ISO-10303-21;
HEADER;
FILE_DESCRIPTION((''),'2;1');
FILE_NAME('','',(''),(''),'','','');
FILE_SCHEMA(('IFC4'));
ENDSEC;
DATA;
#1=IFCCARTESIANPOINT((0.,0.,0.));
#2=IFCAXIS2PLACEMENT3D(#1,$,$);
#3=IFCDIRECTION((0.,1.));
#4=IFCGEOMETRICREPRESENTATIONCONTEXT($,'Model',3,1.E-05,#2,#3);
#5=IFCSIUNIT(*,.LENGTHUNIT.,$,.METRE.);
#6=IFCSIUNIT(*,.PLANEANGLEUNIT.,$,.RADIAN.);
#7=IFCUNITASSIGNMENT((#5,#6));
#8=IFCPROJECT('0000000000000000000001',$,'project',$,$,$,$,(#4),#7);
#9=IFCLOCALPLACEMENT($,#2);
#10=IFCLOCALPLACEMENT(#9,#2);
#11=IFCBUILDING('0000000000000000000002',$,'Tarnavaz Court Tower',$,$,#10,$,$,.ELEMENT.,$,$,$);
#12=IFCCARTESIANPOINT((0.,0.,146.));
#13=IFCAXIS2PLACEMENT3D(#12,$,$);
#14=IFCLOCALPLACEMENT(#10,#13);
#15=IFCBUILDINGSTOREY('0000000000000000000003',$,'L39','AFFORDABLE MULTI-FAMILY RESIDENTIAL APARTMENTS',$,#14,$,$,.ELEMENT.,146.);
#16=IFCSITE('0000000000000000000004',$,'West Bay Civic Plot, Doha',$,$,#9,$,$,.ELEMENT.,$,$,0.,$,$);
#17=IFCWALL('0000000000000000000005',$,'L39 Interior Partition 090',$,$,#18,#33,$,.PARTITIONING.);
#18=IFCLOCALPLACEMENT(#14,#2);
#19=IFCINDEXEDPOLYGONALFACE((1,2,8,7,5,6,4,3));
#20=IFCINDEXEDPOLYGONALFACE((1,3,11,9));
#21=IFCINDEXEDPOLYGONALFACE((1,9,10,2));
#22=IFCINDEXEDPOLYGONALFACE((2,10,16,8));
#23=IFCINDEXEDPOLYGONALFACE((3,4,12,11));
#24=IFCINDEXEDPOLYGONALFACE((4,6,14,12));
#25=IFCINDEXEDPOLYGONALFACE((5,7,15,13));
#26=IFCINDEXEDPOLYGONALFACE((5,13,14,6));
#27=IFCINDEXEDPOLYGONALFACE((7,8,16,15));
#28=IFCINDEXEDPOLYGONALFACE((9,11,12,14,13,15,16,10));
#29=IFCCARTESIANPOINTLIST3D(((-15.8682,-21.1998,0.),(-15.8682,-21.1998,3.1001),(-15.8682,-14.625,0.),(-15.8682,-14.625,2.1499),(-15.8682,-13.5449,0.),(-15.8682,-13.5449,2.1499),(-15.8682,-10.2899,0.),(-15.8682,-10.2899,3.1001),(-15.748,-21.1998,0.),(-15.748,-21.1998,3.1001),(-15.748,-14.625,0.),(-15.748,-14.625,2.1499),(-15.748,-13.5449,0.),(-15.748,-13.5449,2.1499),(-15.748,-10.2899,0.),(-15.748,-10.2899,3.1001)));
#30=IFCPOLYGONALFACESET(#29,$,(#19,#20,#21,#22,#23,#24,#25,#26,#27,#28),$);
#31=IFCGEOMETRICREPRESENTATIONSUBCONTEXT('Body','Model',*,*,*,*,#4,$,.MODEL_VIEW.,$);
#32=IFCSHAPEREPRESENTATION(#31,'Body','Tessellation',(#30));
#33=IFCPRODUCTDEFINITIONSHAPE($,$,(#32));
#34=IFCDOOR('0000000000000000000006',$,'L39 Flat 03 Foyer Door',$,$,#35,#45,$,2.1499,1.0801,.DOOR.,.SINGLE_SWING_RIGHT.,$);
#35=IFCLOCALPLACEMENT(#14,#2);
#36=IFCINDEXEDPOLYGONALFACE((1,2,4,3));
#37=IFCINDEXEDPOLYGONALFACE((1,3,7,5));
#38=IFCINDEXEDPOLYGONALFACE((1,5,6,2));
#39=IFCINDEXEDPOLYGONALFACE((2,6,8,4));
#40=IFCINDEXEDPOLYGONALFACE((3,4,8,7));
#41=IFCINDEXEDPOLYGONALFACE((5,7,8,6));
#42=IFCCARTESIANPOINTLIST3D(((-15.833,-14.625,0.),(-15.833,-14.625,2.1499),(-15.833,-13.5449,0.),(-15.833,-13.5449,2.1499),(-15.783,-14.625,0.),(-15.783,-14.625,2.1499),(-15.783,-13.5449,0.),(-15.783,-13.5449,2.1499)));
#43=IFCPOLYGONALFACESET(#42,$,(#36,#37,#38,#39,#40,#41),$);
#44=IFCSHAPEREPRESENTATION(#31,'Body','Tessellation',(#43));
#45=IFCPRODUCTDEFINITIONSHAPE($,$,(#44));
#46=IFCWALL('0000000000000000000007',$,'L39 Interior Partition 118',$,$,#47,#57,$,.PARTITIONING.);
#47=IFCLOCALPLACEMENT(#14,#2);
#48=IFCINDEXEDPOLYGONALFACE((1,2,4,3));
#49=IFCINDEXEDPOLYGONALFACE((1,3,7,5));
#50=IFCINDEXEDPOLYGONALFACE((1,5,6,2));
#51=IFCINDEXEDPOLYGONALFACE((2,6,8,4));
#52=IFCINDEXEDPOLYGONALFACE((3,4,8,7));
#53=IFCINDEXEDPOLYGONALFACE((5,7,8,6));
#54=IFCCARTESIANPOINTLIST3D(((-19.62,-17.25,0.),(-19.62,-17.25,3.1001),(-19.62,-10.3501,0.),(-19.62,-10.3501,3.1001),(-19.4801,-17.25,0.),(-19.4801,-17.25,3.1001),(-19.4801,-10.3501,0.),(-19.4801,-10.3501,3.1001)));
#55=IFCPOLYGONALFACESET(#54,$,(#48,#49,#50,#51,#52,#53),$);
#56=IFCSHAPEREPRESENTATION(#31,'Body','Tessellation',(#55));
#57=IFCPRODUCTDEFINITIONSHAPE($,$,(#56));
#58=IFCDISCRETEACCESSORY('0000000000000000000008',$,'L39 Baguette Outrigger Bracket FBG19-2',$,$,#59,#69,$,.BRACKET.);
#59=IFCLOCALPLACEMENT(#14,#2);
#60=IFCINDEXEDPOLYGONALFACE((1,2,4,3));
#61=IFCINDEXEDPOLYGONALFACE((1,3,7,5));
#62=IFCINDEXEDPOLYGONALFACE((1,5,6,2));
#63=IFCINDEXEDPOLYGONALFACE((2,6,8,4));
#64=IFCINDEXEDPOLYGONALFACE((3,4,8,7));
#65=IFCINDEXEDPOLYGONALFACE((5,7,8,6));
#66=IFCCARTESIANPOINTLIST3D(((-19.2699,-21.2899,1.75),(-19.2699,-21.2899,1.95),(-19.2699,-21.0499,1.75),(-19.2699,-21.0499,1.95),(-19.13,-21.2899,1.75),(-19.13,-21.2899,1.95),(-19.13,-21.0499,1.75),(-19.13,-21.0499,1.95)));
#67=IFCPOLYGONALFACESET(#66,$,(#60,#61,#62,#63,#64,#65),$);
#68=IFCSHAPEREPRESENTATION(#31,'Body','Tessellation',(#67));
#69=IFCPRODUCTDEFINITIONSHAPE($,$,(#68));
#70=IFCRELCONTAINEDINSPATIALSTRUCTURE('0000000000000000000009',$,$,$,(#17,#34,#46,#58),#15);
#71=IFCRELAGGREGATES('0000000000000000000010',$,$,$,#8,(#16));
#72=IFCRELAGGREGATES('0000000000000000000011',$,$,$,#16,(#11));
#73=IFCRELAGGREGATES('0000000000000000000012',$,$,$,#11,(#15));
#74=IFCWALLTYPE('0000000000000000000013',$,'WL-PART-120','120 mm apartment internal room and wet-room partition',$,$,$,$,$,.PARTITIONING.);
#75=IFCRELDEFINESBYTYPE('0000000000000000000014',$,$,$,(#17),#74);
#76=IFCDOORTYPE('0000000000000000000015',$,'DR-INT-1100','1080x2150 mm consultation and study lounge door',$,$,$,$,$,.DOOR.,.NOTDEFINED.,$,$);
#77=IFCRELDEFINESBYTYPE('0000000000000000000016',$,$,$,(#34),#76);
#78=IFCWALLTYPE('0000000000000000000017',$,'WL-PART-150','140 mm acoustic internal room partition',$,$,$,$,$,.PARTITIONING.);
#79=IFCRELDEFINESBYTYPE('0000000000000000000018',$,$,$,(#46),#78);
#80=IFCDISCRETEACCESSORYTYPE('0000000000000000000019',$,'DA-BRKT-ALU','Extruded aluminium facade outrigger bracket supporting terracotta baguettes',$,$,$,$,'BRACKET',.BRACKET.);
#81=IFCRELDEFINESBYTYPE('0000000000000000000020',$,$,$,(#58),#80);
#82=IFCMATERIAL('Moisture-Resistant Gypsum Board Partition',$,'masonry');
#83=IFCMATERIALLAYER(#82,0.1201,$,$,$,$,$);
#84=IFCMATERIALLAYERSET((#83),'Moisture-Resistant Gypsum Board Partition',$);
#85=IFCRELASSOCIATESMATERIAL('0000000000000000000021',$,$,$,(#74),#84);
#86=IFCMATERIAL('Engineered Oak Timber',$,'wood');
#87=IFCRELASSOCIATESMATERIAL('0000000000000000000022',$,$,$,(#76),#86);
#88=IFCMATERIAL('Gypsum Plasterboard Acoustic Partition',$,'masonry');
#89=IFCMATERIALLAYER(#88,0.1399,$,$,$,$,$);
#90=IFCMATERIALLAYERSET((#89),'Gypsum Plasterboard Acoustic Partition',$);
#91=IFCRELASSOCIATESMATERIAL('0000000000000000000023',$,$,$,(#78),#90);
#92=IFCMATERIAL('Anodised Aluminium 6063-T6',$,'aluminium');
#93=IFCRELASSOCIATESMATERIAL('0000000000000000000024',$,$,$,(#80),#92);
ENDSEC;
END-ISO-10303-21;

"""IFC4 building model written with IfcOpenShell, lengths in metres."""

from ifc_helpers import new_model, si_unit, direction, frame, frame_2d, origin, origin_2d, place, context, subcontext, project, spatial, rectangle, extrude, material, layer, layer_set, type_object, element, fill, save


model = new_model("IFC4")

# Units and contexts
model_context = context("Model", 3, precision=1e-05, world=origin(), true_north=direction((0.0, 1.0)))
body_context = subcontext(model_context, "Body", "Model", "MODEL_VIEW")
ifc_project = project(units=[si_unit("LENGTHUNIT", "METRE"), si_unit("PLANEANGLEUNIT", "RADIAN")], contexts=[model_context])

# Site, building, storey
site_placement = place(None, origin())
site = spatial("IfcSite", under=ifc_project, at=site_placement, Name="West Bay Civic Plot, Doha", CompositionType="ELEMENT", RefElevation=0.0)
building_placement = place(site_placement, origin())
building = spatial("IfcBuilding", under=site, at=building_placement, Name="Tarnavaz Court Tower", CompositionType="ELEMENT")
storey_placement = place(building_placement, frame((0.0, 0.0, 146.0)))
storey = spatial("IfcBuildingStorey", under=building, at=storey_placement, Name="L39", Description="AFFORDABLE MULTI-FAMILY RESIDENTIAL APARTMENTS", CompositionType="ELEMENT", Elevation=146.0)

# Wall, opening, door
ifc_material_1 = material(Name="Moisture-Resistant Gypsum Board Partition", Category="masonry")
ifc_layer_1 = layer(ifc_material_1, 0.1201)
ifc_layer_set_1 = layer_set([ifc_layer_1], Name="Moisture-Resistant Gypsum Board Partition")
wall_type_1 = type_object("IfcWallType", Name="WL-PART-120", Description="120 mm apartment internal room and wet-room partition", PredefinedType="PARTITIONING", material=ifc_layer_set_1)
wall_1_placement = place(storey_placement, frame((-15.8081, -21.2, 0.0), z_axis=(0.0, 0.0, 1.0), x_axis=(0.0, 1.0, 0.0)))
wall_1 = element("IfcWall", 1, at=wall_1_placement, inside=storey, type_object=wall_type_1, Name="L39 Interior Partition 090", PredefinedType="PARTITIONING", context=body_context, shape_type="SweptSolid", body=[
    extrude(rectangle(XDim=10.9099, YDim=0.1201, at=frame_2d((5.4551, 0.0))), origin(), (0.0, 0.0, 1.0), 3.1001),
])
opening_1_placement = place(wall_1_placement, frame((6.575, 0.0, 0.0)))
opening_1 = element("IfcOpeningElement", 2, at=opening_1_placement, cuts=wall_1, PredefinedType="OPENING", context=body_context, shape_type="SweptSolid", body=[
    extrude(rectangle(XDim=1.0801, YDim=2.1499, at=frame_2d((0.54, 1.075))), frame((0.0, 0.0701, 0.0), z_axis=(0.0, -1.0, 0.0), x_axis=(1.0, 0.0, 0.0)), (0.0, 0.0, 1.0), 0.1401),
])
ifc_material_2 = material(Name="Engineered Oak Timber", Category="wood")
door_type = type_object("IfcDoorType", Name="DR-INT-1100", Description="1080x2150 mm consultation and study lounge door", OperationType="NOTDEFINED", PredefinedType="DOOR", material=ifc_material_2)
door_placement = place(opening_1_placement, origin())
door = element("IfcDoor", 3, at=door_placement, inside=storey, type_object=door_type, Name="L39 Flat 03 Foyer Door", OperationType="SINGLE_SWING_RIGHT", OverallHeight=2.1499, OverallWidth=1.0801, PredefinedType="DOOR", context=body_context, shape_type="SweptSolid", body=[
    extrude(rectangle(XDim=1.0801, YDim=2.1499, at=frame_2d((0.54, 1.075))), frame((0.0, 0.0249, 0.0), z_axis=(0.0, -1.0, 0.0), x_axis=(1.0, 0.0, 0.0)), (0.0, 0.0, 1.0), 0.05),
])
fill(opening_1, door)

# Wall
ifc_material_3 = material(Name="Gypsum Plasterboard Acoustic Partition", Category="masonry")
ifc_layer_2 = layer(ifc_material_3, 0.1399)
ifc_layer_set_2 = layer_set([ifc_layer_2], Name="Gypsum Plasterboard Acoustic Partition")
wall_type_2 = type_object("IfcWallType", Name="WL-PART-150", Description="140 mm acoustic internal room partition", PredefinedType="PARTITIONING", material=ifc_layer_set_2)
wall_2_placement = place(storey_placement, frame((-19.55, -17.25, 0.0), z_axis=(0.0, 0.0, 1.0), x_axis=(0.0, 1.0, 0.0)))
element("IfcWall", 4, at=wall_2_placement, inside=storey, type_object=wall_type_2, Name="L39 Interior Partition 118", PredefinedType="PARTITIONING", context=body_context, shape_type="SweptSolid", body=[
    extrude(rectangle(XDim=6.8999, YDim=0.1399, at=frame_2d((3.45, 0.0))), origin(), (0.0, 0.0, 1.0), 3.1001),
])

# Discrete accessory
ifc_material_4 = material(Name="Anodised Aluminium 6063-T6", Category="aluminium")
discrete_accessory_type = type_object("IfcDiscreteAccessoryType", Name="DA-BRKT-ALU", Description="Extruded aluminium facade outrigger bracket supporting terracotta baguettes", ElementType="BRACKET", PredefinedType="BRACKET", material=ifc_material_4)
discrete_accessory_placement = place(storey_placement, frame((-19.2, -21.1699, 1.75), z_axis=(0.0, 0.0, 1.0), x_axis=(-1.0, 0.0, 0.0)))
element("IfcDiscreteAccessory", 5, at=discrete_accessory_placement, inside=storey, type_object=discrete_accessory_type, Name="L39 Baguette Outrigger Bracket FBG19-2", PredefinedType="BRACKET", context=body_context, shape_type="SweptSolid", body=[
    extrude(rectangle(XDim=0.1399, YDim=0.24, at=origin_2d()), origin(), (0.0, 0.0, 1.0), 0.2),
])

save(model, "model.ifc")
